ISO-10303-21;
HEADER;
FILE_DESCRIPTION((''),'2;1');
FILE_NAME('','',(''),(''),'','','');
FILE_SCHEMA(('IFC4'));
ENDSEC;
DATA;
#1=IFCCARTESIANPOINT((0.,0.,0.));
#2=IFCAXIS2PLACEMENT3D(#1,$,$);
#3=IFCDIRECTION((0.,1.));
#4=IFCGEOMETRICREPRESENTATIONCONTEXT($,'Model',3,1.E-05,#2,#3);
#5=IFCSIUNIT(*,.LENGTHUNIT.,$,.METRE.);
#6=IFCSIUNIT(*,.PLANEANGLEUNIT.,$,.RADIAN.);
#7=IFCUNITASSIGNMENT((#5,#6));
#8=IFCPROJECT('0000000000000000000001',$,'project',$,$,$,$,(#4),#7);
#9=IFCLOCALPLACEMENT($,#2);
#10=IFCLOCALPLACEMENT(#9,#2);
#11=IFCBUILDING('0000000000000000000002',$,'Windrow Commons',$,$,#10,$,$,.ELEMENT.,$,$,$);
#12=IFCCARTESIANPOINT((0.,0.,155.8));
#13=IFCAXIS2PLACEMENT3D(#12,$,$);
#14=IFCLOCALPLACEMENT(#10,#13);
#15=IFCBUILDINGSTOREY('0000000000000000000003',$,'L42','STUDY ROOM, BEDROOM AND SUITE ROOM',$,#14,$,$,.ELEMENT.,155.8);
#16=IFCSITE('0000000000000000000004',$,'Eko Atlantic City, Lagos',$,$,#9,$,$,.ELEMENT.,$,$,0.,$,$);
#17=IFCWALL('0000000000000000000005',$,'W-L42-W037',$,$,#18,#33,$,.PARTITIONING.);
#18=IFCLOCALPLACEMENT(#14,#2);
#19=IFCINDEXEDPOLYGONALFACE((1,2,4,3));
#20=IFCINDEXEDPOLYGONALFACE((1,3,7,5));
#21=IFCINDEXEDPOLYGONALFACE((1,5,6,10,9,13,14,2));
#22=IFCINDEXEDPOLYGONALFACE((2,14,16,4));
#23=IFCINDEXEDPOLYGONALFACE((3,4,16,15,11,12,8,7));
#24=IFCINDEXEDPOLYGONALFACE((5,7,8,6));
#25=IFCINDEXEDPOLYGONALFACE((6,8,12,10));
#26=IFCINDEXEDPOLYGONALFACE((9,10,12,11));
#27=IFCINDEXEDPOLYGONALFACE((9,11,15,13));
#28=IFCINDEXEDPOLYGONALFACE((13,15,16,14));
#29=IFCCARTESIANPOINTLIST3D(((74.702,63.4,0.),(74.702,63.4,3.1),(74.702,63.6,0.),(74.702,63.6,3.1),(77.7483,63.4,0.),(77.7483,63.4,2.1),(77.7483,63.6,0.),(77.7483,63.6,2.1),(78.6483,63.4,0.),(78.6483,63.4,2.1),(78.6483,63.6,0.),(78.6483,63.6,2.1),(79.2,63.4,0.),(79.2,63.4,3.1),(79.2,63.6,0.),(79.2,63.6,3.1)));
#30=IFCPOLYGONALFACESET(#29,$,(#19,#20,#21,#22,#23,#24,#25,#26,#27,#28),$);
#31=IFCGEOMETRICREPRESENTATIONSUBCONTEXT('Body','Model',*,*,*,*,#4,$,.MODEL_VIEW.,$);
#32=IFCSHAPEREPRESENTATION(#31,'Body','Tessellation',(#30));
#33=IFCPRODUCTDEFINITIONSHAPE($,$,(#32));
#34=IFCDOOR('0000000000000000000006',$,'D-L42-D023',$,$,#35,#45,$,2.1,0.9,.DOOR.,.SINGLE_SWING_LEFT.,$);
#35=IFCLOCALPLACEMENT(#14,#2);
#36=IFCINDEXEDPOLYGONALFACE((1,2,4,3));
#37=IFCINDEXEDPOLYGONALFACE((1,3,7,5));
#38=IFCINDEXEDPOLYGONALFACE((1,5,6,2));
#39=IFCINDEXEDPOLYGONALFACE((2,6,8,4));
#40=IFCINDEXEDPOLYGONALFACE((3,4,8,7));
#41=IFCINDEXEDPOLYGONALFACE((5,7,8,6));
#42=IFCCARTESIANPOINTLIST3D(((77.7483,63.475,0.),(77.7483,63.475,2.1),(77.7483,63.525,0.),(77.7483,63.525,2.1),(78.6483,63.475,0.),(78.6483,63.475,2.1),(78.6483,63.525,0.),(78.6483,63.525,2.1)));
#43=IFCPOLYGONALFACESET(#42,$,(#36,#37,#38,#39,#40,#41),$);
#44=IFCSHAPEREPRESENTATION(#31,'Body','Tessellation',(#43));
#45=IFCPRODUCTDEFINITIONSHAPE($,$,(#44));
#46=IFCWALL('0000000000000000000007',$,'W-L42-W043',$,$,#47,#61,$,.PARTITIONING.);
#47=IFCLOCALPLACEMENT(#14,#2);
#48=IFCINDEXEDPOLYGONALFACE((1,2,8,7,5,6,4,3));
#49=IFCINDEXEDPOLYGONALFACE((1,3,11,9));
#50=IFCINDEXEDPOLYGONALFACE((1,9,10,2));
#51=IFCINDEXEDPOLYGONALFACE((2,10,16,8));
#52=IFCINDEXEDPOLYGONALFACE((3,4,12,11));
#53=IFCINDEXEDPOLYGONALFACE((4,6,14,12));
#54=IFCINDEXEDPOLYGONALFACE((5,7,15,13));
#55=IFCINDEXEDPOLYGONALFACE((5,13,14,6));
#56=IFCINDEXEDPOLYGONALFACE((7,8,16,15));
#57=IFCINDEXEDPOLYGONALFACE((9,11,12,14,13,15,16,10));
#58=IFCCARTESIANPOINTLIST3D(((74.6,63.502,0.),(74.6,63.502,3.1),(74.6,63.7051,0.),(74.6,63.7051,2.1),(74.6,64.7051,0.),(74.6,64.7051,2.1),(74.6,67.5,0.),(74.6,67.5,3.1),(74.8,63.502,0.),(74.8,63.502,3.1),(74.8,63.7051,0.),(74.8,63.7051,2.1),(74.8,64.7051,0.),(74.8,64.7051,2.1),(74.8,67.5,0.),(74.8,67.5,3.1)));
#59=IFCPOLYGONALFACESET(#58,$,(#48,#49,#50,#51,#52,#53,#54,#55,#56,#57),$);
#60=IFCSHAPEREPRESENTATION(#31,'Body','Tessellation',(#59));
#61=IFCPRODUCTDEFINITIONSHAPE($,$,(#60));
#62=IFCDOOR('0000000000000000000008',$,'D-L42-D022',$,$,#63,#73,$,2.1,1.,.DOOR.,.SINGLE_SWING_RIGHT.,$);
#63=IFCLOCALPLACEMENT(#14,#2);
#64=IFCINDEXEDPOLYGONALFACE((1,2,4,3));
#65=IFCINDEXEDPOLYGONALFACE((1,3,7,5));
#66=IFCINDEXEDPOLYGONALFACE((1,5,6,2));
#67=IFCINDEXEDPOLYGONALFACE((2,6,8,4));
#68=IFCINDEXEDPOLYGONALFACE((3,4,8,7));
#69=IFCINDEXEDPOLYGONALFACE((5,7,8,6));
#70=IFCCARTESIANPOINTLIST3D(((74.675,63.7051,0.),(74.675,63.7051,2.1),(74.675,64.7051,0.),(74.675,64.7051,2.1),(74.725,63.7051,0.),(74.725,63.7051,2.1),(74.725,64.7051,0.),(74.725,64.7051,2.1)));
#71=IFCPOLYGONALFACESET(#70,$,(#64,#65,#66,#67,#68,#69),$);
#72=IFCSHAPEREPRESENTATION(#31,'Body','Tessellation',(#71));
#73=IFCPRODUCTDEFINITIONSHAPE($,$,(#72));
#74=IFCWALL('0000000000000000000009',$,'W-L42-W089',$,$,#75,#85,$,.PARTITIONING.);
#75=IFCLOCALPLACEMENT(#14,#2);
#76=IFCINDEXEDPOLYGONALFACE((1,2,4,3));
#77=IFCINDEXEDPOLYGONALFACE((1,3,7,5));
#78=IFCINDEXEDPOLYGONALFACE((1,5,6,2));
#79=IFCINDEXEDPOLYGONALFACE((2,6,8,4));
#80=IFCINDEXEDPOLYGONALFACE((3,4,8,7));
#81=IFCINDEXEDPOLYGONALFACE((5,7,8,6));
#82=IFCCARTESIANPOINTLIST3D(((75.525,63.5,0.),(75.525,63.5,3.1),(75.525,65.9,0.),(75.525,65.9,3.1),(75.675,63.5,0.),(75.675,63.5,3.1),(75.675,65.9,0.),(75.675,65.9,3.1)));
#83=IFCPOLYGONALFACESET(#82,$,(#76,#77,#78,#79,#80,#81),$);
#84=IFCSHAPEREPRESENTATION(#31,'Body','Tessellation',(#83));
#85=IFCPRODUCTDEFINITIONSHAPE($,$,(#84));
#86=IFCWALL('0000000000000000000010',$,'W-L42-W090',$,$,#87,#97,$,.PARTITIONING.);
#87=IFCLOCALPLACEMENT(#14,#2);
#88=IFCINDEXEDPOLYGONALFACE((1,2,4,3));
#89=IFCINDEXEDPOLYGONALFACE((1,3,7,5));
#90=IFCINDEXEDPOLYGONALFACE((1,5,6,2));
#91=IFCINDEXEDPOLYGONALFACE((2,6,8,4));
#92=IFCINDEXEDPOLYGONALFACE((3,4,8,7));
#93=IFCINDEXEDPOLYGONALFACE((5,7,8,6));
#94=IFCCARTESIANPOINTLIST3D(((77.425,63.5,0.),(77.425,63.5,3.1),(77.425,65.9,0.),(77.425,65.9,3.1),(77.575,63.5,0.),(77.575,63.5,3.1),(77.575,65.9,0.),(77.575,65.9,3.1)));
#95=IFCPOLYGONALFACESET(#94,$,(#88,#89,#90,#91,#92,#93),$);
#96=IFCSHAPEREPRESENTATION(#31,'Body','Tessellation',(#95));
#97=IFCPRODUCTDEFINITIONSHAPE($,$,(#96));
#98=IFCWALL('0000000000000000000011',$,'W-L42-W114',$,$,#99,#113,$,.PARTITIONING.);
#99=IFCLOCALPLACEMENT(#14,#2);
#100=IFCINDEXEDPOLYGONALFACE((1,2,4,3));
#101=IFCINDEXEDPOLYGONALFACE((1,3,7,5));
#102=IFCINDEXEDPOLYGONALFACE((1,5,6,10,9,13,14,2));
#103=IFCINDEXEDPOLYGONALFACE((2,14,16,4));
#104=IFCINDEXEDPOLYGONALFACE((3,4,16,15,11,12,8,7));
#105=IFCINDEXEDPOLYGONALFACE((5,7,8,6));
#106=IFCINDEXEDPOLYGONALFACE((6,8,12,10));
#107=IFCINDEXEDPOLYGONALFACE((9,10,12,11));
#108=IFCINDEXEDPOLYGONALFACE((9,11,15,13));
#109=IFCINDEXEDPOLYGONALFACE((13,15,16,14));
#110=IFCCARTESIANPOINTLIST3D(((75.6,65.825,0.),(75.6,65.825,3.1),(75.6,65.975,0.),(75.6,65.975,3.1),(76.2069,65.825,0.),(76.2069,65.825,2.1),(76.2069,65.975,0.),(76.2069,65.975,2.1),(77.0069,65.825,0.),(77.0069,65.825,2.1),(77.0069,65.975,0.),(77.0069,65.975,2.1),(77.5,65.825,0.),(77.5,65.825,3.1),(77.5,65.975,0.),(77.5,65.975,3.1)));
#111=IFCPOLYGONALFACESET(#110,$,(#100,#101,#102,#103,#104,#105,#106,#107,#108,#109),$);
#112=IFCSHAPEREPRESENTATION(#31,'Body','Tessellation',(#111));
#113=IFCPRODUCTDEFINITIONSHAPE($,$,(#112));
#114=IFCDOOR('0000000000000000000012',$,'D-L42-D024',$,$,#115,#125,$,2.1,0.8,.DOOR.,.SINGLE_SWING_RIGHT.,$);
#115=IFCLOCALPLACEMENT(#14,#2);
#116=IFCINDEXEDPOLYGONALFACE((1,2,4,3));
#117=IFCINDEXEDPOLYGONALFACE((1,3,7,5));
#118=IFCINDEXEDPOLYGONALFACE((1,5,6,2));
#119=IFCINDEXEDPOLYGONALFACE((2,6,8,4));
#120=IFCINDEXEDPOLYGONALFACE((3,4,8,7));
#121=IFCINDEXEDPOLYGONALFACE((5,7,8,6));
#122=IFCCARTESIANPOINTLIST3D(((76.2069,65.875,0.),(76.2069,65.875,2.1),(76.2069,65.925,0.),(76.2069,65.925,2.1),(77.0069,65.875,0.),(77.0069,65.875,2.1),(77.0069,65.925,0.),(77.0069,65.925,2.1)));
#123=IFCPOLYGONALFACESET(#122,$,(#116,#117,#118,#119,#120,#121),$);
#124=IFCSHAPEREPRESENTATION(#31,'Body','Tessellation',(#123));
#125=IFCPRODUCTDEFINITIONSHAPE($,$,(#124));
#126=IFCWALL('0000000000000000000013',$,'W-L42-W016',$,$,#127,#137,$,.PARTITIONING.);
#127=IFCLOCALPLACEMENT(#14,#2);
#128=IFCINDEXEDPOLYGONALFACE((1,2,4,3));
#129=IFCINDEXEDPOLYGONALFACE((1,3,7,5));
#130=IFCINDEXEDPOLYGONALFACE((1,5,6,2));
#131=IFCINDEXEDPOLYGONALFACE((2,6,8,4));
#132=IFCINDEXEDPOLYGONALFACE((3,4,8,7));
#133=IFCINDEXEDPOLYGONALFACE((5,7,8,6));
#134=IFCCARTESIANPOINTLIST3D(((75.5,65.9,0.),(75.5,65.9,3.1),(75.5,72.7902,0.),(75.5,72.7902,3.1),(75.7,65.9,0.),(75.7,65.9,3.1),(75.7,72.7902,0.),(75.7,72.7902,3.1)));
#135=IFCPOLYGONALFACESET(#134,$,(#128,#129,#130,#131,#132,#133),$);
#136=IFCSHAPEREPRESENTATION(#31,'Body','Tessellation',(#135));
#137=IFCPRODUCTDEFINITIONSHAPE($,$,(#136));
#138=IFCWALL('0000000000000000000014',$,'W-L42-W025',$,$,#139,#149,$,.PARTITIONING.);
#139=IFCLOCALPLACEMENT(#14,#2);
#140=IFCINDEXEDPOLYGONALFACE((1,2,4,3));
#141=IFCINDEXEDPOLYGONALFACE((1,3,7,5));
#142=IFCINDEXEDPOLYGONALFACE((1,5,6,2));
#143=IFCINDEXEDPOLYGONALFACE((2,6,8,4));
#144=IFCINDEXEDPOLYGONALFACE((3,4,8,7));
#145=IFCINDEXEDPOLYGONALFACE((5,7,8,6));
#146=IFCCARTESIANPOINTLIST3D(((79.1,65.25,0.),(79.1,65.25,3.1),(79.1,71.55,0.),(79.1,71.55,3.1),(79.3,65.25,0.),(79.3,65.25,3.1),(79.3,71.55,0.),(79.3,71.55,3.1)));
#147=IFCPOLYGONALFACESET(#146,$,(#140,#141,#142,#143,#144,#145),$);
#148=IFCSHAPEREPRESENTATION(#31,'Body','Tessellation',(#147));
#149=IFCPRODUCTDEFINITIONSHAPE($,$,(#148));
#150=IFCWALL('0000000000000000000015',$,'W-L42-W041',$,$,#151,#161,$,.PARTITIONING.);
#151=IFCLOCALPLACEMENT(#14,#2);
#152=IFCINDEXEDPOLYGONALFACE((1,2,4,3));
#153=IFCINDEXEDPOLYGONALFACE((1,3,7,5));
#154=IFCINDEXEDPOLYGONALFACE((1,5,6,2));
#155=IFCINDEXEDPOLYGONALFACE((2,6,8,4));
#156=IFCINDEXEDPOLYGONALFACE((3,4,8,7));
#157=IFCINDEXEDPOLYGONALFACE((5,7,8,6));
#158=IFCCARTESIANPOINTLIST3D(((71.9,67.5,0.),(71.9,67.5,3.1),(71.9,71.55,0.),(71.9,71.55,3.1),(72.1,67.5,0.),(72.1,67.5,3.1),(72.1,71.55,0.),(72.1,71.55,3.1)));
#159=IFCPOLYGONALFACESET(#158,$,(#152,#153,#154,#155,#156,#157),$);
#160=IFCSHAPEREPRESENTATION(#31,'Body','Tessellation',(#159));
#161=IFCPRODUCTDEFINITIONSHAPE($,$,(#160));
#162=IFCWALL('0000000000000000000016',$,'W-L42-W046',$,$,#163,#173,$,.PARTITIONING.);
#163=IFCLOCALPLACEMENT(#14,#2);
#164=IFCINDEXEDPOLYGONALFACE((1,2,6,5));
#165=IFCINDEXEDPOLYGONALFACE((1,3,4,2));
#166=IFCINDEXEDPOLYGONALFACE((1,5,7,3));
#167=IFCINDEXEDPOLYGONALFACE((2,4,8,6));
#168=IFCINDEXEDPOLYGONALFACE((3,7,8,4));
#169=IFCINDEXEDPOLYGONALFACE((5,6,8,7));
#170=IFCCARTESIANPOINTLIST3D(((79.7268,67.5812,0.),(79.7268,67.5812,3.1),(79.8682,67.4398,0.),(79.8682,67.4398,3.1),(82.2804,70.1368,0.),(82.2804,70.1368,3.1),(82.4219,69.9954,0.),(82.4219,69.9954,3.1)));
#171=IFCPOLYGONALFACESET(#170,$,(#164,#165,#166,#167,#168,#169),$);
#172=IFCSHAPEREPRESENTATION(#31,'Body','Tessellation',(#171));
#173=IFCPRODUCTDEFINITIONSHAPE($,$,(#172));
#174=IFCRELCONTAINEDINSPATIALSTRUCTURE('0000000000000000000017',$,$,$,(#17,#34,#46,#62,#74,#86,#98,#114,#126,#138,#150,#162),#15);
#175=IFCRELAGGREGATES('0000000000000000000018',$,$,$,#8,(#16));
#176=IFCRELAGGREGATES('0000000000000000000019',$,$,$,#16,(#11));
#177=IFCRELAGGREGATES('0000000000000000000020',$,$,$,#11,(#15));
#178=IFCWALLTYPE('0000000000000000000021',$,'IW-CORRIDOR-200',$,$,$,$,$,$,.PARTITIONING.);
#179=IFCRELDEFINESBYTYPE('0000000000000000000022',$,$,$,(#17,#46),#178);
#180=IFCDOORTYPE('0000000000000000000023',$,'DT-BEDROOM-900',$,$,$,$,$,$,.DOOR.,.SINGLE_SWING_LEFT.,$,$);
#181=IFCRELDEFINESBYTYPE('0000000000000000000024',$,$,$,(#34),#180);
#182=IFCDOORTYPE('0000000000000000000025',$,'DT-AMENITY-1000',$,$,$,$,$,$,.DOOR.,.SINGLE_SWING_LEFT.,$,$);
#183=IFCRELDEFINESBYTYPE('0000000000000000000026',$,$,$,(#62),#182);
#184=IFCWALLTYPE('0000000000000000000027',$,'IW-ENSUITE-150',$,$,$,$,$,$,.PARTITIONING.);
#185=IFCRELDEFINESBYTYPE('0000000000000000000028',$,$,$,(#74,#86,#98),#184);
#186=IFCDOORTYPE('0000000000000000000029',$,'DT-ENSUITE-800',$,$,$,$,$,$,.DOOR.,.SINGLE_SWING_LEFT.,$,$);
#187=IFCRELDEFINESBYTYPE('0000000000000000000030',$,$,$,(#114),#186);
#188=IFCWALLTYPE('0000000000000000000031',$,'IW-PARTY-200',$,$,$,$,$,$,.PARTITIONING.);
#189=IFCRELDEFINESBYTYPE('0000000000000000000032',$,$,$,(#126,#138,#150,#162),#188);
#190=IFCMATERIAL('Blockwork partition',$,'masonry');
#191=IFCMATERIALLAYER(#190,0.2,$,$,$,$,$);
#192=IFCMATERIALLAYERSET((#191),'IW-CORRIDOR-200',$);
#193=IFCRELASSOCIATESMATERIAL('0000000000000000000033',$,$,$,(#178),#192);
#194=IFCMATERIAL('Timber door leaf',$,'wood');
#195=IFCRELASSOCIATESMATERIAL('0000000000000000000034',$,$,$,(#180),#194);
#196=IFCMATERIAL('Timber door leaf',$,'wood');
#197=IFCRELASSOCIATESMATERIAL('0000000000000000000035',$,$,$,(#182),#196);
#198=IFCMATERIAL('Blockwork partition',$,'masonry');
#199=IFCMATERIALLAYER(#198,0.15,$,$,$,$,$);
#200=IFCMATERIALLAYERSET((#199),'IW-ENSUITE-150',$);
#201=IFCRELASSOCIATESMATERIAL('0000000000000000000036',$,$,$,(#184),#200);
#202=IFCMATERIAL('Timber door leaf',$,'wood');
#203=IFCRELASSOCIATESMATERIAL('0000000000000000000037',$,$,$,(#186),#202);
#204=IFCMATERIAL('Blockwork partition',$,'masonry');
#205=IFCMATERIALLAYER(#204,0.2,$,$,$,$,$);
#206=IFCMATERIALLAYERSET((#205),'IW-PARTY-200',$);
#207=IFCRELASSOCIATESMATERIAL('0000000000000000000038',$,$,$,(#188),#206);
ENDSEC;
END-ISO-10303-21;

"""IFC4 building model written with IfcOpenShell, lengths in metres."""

from ifc_helpers import new_model, si_unit, direction, frame, frame_2d, origin, place, context, subcontext, project, spatial, rectangle, extrude, material, layer, layer_set, type_object, element, fill, save


model = new_model("IFC4")

# Units and contexts
model_context = context("Model", 3, precision=1e-05, world=origin(), true_north=direction((0.0, 1.0)))
body_context = subcontext(model_context, "Body", "Model", "MODEL_VIEW")
ifc_project = project(units=[si_unit("LENGTHUNIT", "METRE"), si_unit("PLANEANGLEUNIT", "RADIAN")], contexts=[model_context])

# Site, building, storey
site_placement = place(None, origin())
site = spatial("IfcSite", under=ifc_project, at=site_placement, Name="Eko Atlantic City, Lagos", CompositionType="ELEMENT", RefElevation=0.0)
building_placement = place(site_placement, origin())
building = spatial("IfcBuilding", under=site, at=building_placement, Name="Windrow Commons", CompositionType="ELEMENT")
storey_placement = place(building_placement, frame((0.0, 0.0, 155.8)))
storey = spatial("IfcBuildingStorey", under=building, at=storey_placement, Name="L42", Description="STUDY ROOM, BEDROOM AND SUITE ROOM", CompositionType="ELEMENT", Elevation=155.8)

# Walls, openings, doors
ifc_material_1 = material(Name="Blockwork partition", Category="masonry")
ifc_layer_1 = layer(ifc_material_1, 0.2)
ifc_layer_set_1 = layer_set([ifc_layer_1], Name="IW-CORRIDOR-200")
wall_type_1 = type_object("IfcWallType", Name="IW-CORRIDOR-200", PredefinedType="PARTITIONING", material=ifc_layer_set_1)
wall_1_placement = place(storey_placement, frame((74.702, 63.5, 0.0), z_axis=(0.0, 0.0, 1.0), x_axis=(1.0, 0.0, 0.0)))
wall_1 = element("IfcWall", 1, at=wall_1_placement, inside=storey, type_object=wall_type_1, Name="W-L42-W037", PredefinedType="PARTITIONING", context=body_context, shape_type="SweptSolid", body=[
    extrude(rectangle(XDim=4.498, YDim=0.2, at=frame_2d((2.249, 0.0))), origin(), (0.0, 0.0, 1.0), 3.1),
])
opening_1_placement = place(wall_1_placement, frame((3.0463, 0.0, 0.0)))
opening_1 = element("IfcOpeningElement", 2, at=opening_1_placement, cuts=wall_1, PredefinedType="OPENING", context=body_context, shape_type="SweptSolid", body=[
    extrude(rectangle(XDim=0.9, YDim=2.1, at=frame_2d((0.45, 1.05))), frame((0.0, 0.11, 0.0), z_axis=(0.0, -1.0, 0.0), x_axis=(1.0, 0.0, 0.0)), (0.0, 0.0, 1.0), 0.22),
])
ifc_material_2 = material(Name="Timber door leaf", Category="wood")
door_type_1 = type_object("IfcDoorType", Name="DT-BEDROOM-900", OperationType="SINGLE_SWING_LEFT", PredefinedType="DOOR", material=ifc_material_2)
door_1_placement = place(opening_1_placement, origin())
door_1 = element("IfcDoor", 3, at=door_1_placement, inside=storey, type_object=door_type_1, Name="D-L42-D023", OperationType="SINGLE_SWING_LEFT", OverallHeight=2.1, OverallWidth=0.9, PredefinedType="DOOR", context=body_context, shape_type="SweptSolid", body=[
    extrude(rectangle(XDim=0.9, YDim=2.1, at=frame_2d((0.45, 1.05))), frame((0.0, 0.025, 0.0), z_axis=(0.0, -1.0, 0.0), x_axis=(1.0, 0.0, 0.0)), (0.0, 0.0, 1.0), 0.05),
])
fill(opening_1, door_1)
wall_2_placement = place(storey_placement, frame((74.7, 63.502, 0.0), z_axis=(0.0, 0.0, 1.0), x_axis=(0.0, 1.0, 0.0)))
wall_2 = element("IfcWall", 4, at=wall_2_placement, inside=storey, type_object=wall_type_1, Name="W-L42-W043", PredefinedType="PARTITIONING", context=body_context, shape_type="SweptSolid", body=[
    extrude(rectangle(XDim=3.998, YDim=0.2, at=frame_2d((1.999, 0.0))), origin(), (0.0, 0.0, 1.0), 3.1),
])
opening_2_placement = place(wall_2_placement, frame((0.2031, 0.0, 0.0)))
opening_2 = element("IfcOpeningElement", 5, at=opening_2_placement, cuts=wall_2, PredefinedType="OPENING", context=body_context, shape_type="SweptSolid", body=[
    extrude(rectangle(XDim=1.0, YDim=2.1, at=frame_2d((0.5, 1.05))), frame((0.0, 0.11, 0.0), z_axis=(0.0, -1.0, 0.0), x_axis=(1.0, 0.0, 0.0)), (0.0, 0.0, 1.0), 0.22),
])
ifc_material_3 = material(Name="Timber door leaf", Category="wood")
door_type_2 = type_object("IfcDoorType", Name="DT-AMENITY-1000", OperationType="SINGLE_SWING_LEFT", PredefinedType="DOOR", material=ifc_material_3)
door_2_placement = place(opening_2_placement, origin())
door_2 = element("IfcDoor", 6, at=door_2_placement, inside=storey, type_object=door_type_2, Name="D-L42-D022", OperationType="SINGLE_SWING_RIGHT", OverallHeight=2.1, OverallWidth=1.0, PredefinedType="DOOR", context=body_context, shape_type="SweptSolid", body=[
    extrude(rectangle(XDim=1.0, YDim=2.1, at=frame_2d((0.5, 1.05))), frame((0.0, 0.025, 0.0), z_axis=(0.0, -1.0, 0.0), x_axis=(1.0, 0.0, 0.0)), (0.0, 0.0, 1.0), 0.05),
])
fill(opening_2, door_2)

# Walls
ifc_material_4 = material(Name="Blockwork partition", Category="masonry")
ifc_layer_2 = layer(ifc_material_4, 0.15)
ifc_layer_set_2 = layer_set([ifc_layer_2], Name="IW-ENSUITE-150")
wall_type_2 = type_object("IfcWallType", Name="IW-ENSUITE-150", PredefinedType="PARTITIONING", material=ifc_layer_set_2)
for number, where, z_axis, x_axis, name in (
    (7, (75.6, 63.5, 0.0), (0.0, 0.0, 1.0), (0.0, 1.0, 0.0), "W-L42-W089"),
    (8, (77.5, 63.5, 0.0), (0.0, 0.0, 1.0), (0.0, 1.0, 0.0), "W-L42-W090"),
):
    element("IfcWall", number, at=place(storey_placement, frame(where, z_axis=z_axis, x_axis=x_axis)), inside=storey, type_object=wall_type_2, Name=name, PredefinedType="PARTITIONING", context=body_context, shape_type="SweptSolid", body=[
        extrude(rectangle(XDim=2.4, YDim=0.15, at=frame_2d((1.2, 0.0))), origin(), (0.0, 0.0, 1.0), 3.1),
    ])

# Wall, opening, door
wall_3_placement = place(storey_placement, frame((75.6, 65.9, 0.0), z_axis=(0.0, 0.0, 1.0), x_axis=(1.0, 0.0, 0.0)))
wall_3 = element("IfcWall", 9, at=wall_3_placement, inside=storey, type_object=wall_type_2, Name="W-L42-W114", PredefinedType="PARTITIONING", context=body_context, shape_type="SweptSolid", body=[
    extrude(rectangle(XDim=1.9, YDim=0.15, at=frame_2d((0.95, 0.0))), origin(), (0.0, 0.0, 1.0), 3.1),
])
opening_3_placement = place(wall_3_placement, frame((0.6069, 0.0, 0.0)))
opening_3 = element("IfcOpeningElement", 10, at=opening_3_placement, cuts=wall_3, PredefinedType="OPENING", context=body_context, shape_type="SweptSolid", body=[
    extrude(rectangle(XDim=0.8, YDim=2.1, at=frame_2d((0.4, 1.05))), frame((0.0, 0.085, 0.0), z_axis=(0.0, -1.0, 0.0), x_axis=(1.0, 0.0, 0.0)), (0.0, 0.0, 1.0), 0.17),
])
ifc_material_5 = material(Name="Timber door leaf", Category="wood")
door_type_3 = type_object("IfcDoorType", Name="DT-ENSUITE-800", OperationType="SINGLE_SWING_LEFT", PredefinedType="DOOR", material=ifc_material_5)
door_3_placement = place(opening_3_placement, origin())
door_3 = element("IfcDoor", 11, at=door_3_placement, inside=storey, type_object=door_type_3, Name="D-L42-D024", OperationType="SINGLE_SWING_RIGHT", OverallHeight=2.1, OverallWidth=0.8, PredefinedType="DOOR", context=body_context, shape_type="SweptSolid", body=[
    extrude(rectangle(XDim=0.8, YDim=2.1, at=frame_2d((0.4, 1.05))), frame((0.0, 0.025, 0.0), z_axis=(0.0, -1.0, 0.0), x_axis=(1.0, 0.0, 0.0)), (0.0, 0.0, 1.0), 0.05),
])
fill(opening_3, door_3)

# Walls
ifc_material_6 = material(Name="Blockwork partition", Category="masonry")
ifc_layer_3 = layer(ifc_material_6, 0.2)
ifc_layer_set_3 = layer_set([ifc_layer_3], Name="IW-PARTY-200")
wall_type_3 = type_object("IfcWallType", Name="IW-PARTY-200", PredefinedType="PARTITIONING", material=ifc_layer_set_3)
wall_4_placement = place(storey_placement, frame((75.6, 65.9, 0.0), z_axis=(0.0, 0.0, 1.0), x_axis=(0.0, 1.0, 0.0)))
element("IfcWall", 12, at=wall_4_placement, inside=storey, type_object=wall_type_3, Name="W-L42-W016", PredefinedType="PARTITIONING", context=body_context, shape_type="SweptSolid", body=[
    extrude(rectangle(XDim=6.8903, YDim=0.2, at=frame_2d((3.4451, 0.0))), origin(), (0.0, 0.0, 1.0), 3.1),
])
wall_5_placement = place(storey_placement, frame((79.2, 65.25, 0.0), z_axis=(0.0, 0.0, 1.0), x_axis=(0.0, 1.0, 0.0)))
element("IfcWall", 13, at=wall_5_placement, inside=storey, type_object=wall_type_3, Name="W-L42-W025", PredefinedType="PARTITIONING", context=body_context, shape_type="SweptSolid", body=[
    extrude(rectangle(XDim=6.3, YDim=0.2, at=frame_2d((3.15, 0.0))), origin(), (0.0, 0.0, 1.0), 3.1),
])
wall_6_placement = place(storey_placement, frame((72.0, 67.5, 0.0), z_axis=(0.0, 0.0, 1.0), x_axis=(0.0, 1.0, 0.0)))
element("IfcWall", 14, at=wall_6_placement, inside=storey, type_object=wall_type_3, Name="W-L42-W041", PredefinedType="PARTITIONING", context=body_context, shape_type="SweptSolid", body=[
    extrude(rectangle(XDim=4.05, YDim=0.2, at=frame_2d((2.025, 0.0))), origin(), (0.0, 0.0, 1.0), 3.1),
])
wall_7_placement = place(storey_placement, frame((79.7975, 67.5105, 0.0), z_axis=(0.0, 0.0, 1.0), x_axis=(0.706844, 0.70737, 0.0)))
element("IfcWall", 15, at=wall_7_placement, inside=storey, type_object=wall_type_3, Name="W-L42-W046", PredefinedType="PARTITIONING", context=body_context, shape_type="SweptSolid", body=[
    extrude(rectangle(XDim=3.6128, YDim=0.2, at=frame_2d((1.8064, 0.0))), origin(), (0.0, 0.0, 1.0), 3.1),
])

save(model, "model.ifc")
